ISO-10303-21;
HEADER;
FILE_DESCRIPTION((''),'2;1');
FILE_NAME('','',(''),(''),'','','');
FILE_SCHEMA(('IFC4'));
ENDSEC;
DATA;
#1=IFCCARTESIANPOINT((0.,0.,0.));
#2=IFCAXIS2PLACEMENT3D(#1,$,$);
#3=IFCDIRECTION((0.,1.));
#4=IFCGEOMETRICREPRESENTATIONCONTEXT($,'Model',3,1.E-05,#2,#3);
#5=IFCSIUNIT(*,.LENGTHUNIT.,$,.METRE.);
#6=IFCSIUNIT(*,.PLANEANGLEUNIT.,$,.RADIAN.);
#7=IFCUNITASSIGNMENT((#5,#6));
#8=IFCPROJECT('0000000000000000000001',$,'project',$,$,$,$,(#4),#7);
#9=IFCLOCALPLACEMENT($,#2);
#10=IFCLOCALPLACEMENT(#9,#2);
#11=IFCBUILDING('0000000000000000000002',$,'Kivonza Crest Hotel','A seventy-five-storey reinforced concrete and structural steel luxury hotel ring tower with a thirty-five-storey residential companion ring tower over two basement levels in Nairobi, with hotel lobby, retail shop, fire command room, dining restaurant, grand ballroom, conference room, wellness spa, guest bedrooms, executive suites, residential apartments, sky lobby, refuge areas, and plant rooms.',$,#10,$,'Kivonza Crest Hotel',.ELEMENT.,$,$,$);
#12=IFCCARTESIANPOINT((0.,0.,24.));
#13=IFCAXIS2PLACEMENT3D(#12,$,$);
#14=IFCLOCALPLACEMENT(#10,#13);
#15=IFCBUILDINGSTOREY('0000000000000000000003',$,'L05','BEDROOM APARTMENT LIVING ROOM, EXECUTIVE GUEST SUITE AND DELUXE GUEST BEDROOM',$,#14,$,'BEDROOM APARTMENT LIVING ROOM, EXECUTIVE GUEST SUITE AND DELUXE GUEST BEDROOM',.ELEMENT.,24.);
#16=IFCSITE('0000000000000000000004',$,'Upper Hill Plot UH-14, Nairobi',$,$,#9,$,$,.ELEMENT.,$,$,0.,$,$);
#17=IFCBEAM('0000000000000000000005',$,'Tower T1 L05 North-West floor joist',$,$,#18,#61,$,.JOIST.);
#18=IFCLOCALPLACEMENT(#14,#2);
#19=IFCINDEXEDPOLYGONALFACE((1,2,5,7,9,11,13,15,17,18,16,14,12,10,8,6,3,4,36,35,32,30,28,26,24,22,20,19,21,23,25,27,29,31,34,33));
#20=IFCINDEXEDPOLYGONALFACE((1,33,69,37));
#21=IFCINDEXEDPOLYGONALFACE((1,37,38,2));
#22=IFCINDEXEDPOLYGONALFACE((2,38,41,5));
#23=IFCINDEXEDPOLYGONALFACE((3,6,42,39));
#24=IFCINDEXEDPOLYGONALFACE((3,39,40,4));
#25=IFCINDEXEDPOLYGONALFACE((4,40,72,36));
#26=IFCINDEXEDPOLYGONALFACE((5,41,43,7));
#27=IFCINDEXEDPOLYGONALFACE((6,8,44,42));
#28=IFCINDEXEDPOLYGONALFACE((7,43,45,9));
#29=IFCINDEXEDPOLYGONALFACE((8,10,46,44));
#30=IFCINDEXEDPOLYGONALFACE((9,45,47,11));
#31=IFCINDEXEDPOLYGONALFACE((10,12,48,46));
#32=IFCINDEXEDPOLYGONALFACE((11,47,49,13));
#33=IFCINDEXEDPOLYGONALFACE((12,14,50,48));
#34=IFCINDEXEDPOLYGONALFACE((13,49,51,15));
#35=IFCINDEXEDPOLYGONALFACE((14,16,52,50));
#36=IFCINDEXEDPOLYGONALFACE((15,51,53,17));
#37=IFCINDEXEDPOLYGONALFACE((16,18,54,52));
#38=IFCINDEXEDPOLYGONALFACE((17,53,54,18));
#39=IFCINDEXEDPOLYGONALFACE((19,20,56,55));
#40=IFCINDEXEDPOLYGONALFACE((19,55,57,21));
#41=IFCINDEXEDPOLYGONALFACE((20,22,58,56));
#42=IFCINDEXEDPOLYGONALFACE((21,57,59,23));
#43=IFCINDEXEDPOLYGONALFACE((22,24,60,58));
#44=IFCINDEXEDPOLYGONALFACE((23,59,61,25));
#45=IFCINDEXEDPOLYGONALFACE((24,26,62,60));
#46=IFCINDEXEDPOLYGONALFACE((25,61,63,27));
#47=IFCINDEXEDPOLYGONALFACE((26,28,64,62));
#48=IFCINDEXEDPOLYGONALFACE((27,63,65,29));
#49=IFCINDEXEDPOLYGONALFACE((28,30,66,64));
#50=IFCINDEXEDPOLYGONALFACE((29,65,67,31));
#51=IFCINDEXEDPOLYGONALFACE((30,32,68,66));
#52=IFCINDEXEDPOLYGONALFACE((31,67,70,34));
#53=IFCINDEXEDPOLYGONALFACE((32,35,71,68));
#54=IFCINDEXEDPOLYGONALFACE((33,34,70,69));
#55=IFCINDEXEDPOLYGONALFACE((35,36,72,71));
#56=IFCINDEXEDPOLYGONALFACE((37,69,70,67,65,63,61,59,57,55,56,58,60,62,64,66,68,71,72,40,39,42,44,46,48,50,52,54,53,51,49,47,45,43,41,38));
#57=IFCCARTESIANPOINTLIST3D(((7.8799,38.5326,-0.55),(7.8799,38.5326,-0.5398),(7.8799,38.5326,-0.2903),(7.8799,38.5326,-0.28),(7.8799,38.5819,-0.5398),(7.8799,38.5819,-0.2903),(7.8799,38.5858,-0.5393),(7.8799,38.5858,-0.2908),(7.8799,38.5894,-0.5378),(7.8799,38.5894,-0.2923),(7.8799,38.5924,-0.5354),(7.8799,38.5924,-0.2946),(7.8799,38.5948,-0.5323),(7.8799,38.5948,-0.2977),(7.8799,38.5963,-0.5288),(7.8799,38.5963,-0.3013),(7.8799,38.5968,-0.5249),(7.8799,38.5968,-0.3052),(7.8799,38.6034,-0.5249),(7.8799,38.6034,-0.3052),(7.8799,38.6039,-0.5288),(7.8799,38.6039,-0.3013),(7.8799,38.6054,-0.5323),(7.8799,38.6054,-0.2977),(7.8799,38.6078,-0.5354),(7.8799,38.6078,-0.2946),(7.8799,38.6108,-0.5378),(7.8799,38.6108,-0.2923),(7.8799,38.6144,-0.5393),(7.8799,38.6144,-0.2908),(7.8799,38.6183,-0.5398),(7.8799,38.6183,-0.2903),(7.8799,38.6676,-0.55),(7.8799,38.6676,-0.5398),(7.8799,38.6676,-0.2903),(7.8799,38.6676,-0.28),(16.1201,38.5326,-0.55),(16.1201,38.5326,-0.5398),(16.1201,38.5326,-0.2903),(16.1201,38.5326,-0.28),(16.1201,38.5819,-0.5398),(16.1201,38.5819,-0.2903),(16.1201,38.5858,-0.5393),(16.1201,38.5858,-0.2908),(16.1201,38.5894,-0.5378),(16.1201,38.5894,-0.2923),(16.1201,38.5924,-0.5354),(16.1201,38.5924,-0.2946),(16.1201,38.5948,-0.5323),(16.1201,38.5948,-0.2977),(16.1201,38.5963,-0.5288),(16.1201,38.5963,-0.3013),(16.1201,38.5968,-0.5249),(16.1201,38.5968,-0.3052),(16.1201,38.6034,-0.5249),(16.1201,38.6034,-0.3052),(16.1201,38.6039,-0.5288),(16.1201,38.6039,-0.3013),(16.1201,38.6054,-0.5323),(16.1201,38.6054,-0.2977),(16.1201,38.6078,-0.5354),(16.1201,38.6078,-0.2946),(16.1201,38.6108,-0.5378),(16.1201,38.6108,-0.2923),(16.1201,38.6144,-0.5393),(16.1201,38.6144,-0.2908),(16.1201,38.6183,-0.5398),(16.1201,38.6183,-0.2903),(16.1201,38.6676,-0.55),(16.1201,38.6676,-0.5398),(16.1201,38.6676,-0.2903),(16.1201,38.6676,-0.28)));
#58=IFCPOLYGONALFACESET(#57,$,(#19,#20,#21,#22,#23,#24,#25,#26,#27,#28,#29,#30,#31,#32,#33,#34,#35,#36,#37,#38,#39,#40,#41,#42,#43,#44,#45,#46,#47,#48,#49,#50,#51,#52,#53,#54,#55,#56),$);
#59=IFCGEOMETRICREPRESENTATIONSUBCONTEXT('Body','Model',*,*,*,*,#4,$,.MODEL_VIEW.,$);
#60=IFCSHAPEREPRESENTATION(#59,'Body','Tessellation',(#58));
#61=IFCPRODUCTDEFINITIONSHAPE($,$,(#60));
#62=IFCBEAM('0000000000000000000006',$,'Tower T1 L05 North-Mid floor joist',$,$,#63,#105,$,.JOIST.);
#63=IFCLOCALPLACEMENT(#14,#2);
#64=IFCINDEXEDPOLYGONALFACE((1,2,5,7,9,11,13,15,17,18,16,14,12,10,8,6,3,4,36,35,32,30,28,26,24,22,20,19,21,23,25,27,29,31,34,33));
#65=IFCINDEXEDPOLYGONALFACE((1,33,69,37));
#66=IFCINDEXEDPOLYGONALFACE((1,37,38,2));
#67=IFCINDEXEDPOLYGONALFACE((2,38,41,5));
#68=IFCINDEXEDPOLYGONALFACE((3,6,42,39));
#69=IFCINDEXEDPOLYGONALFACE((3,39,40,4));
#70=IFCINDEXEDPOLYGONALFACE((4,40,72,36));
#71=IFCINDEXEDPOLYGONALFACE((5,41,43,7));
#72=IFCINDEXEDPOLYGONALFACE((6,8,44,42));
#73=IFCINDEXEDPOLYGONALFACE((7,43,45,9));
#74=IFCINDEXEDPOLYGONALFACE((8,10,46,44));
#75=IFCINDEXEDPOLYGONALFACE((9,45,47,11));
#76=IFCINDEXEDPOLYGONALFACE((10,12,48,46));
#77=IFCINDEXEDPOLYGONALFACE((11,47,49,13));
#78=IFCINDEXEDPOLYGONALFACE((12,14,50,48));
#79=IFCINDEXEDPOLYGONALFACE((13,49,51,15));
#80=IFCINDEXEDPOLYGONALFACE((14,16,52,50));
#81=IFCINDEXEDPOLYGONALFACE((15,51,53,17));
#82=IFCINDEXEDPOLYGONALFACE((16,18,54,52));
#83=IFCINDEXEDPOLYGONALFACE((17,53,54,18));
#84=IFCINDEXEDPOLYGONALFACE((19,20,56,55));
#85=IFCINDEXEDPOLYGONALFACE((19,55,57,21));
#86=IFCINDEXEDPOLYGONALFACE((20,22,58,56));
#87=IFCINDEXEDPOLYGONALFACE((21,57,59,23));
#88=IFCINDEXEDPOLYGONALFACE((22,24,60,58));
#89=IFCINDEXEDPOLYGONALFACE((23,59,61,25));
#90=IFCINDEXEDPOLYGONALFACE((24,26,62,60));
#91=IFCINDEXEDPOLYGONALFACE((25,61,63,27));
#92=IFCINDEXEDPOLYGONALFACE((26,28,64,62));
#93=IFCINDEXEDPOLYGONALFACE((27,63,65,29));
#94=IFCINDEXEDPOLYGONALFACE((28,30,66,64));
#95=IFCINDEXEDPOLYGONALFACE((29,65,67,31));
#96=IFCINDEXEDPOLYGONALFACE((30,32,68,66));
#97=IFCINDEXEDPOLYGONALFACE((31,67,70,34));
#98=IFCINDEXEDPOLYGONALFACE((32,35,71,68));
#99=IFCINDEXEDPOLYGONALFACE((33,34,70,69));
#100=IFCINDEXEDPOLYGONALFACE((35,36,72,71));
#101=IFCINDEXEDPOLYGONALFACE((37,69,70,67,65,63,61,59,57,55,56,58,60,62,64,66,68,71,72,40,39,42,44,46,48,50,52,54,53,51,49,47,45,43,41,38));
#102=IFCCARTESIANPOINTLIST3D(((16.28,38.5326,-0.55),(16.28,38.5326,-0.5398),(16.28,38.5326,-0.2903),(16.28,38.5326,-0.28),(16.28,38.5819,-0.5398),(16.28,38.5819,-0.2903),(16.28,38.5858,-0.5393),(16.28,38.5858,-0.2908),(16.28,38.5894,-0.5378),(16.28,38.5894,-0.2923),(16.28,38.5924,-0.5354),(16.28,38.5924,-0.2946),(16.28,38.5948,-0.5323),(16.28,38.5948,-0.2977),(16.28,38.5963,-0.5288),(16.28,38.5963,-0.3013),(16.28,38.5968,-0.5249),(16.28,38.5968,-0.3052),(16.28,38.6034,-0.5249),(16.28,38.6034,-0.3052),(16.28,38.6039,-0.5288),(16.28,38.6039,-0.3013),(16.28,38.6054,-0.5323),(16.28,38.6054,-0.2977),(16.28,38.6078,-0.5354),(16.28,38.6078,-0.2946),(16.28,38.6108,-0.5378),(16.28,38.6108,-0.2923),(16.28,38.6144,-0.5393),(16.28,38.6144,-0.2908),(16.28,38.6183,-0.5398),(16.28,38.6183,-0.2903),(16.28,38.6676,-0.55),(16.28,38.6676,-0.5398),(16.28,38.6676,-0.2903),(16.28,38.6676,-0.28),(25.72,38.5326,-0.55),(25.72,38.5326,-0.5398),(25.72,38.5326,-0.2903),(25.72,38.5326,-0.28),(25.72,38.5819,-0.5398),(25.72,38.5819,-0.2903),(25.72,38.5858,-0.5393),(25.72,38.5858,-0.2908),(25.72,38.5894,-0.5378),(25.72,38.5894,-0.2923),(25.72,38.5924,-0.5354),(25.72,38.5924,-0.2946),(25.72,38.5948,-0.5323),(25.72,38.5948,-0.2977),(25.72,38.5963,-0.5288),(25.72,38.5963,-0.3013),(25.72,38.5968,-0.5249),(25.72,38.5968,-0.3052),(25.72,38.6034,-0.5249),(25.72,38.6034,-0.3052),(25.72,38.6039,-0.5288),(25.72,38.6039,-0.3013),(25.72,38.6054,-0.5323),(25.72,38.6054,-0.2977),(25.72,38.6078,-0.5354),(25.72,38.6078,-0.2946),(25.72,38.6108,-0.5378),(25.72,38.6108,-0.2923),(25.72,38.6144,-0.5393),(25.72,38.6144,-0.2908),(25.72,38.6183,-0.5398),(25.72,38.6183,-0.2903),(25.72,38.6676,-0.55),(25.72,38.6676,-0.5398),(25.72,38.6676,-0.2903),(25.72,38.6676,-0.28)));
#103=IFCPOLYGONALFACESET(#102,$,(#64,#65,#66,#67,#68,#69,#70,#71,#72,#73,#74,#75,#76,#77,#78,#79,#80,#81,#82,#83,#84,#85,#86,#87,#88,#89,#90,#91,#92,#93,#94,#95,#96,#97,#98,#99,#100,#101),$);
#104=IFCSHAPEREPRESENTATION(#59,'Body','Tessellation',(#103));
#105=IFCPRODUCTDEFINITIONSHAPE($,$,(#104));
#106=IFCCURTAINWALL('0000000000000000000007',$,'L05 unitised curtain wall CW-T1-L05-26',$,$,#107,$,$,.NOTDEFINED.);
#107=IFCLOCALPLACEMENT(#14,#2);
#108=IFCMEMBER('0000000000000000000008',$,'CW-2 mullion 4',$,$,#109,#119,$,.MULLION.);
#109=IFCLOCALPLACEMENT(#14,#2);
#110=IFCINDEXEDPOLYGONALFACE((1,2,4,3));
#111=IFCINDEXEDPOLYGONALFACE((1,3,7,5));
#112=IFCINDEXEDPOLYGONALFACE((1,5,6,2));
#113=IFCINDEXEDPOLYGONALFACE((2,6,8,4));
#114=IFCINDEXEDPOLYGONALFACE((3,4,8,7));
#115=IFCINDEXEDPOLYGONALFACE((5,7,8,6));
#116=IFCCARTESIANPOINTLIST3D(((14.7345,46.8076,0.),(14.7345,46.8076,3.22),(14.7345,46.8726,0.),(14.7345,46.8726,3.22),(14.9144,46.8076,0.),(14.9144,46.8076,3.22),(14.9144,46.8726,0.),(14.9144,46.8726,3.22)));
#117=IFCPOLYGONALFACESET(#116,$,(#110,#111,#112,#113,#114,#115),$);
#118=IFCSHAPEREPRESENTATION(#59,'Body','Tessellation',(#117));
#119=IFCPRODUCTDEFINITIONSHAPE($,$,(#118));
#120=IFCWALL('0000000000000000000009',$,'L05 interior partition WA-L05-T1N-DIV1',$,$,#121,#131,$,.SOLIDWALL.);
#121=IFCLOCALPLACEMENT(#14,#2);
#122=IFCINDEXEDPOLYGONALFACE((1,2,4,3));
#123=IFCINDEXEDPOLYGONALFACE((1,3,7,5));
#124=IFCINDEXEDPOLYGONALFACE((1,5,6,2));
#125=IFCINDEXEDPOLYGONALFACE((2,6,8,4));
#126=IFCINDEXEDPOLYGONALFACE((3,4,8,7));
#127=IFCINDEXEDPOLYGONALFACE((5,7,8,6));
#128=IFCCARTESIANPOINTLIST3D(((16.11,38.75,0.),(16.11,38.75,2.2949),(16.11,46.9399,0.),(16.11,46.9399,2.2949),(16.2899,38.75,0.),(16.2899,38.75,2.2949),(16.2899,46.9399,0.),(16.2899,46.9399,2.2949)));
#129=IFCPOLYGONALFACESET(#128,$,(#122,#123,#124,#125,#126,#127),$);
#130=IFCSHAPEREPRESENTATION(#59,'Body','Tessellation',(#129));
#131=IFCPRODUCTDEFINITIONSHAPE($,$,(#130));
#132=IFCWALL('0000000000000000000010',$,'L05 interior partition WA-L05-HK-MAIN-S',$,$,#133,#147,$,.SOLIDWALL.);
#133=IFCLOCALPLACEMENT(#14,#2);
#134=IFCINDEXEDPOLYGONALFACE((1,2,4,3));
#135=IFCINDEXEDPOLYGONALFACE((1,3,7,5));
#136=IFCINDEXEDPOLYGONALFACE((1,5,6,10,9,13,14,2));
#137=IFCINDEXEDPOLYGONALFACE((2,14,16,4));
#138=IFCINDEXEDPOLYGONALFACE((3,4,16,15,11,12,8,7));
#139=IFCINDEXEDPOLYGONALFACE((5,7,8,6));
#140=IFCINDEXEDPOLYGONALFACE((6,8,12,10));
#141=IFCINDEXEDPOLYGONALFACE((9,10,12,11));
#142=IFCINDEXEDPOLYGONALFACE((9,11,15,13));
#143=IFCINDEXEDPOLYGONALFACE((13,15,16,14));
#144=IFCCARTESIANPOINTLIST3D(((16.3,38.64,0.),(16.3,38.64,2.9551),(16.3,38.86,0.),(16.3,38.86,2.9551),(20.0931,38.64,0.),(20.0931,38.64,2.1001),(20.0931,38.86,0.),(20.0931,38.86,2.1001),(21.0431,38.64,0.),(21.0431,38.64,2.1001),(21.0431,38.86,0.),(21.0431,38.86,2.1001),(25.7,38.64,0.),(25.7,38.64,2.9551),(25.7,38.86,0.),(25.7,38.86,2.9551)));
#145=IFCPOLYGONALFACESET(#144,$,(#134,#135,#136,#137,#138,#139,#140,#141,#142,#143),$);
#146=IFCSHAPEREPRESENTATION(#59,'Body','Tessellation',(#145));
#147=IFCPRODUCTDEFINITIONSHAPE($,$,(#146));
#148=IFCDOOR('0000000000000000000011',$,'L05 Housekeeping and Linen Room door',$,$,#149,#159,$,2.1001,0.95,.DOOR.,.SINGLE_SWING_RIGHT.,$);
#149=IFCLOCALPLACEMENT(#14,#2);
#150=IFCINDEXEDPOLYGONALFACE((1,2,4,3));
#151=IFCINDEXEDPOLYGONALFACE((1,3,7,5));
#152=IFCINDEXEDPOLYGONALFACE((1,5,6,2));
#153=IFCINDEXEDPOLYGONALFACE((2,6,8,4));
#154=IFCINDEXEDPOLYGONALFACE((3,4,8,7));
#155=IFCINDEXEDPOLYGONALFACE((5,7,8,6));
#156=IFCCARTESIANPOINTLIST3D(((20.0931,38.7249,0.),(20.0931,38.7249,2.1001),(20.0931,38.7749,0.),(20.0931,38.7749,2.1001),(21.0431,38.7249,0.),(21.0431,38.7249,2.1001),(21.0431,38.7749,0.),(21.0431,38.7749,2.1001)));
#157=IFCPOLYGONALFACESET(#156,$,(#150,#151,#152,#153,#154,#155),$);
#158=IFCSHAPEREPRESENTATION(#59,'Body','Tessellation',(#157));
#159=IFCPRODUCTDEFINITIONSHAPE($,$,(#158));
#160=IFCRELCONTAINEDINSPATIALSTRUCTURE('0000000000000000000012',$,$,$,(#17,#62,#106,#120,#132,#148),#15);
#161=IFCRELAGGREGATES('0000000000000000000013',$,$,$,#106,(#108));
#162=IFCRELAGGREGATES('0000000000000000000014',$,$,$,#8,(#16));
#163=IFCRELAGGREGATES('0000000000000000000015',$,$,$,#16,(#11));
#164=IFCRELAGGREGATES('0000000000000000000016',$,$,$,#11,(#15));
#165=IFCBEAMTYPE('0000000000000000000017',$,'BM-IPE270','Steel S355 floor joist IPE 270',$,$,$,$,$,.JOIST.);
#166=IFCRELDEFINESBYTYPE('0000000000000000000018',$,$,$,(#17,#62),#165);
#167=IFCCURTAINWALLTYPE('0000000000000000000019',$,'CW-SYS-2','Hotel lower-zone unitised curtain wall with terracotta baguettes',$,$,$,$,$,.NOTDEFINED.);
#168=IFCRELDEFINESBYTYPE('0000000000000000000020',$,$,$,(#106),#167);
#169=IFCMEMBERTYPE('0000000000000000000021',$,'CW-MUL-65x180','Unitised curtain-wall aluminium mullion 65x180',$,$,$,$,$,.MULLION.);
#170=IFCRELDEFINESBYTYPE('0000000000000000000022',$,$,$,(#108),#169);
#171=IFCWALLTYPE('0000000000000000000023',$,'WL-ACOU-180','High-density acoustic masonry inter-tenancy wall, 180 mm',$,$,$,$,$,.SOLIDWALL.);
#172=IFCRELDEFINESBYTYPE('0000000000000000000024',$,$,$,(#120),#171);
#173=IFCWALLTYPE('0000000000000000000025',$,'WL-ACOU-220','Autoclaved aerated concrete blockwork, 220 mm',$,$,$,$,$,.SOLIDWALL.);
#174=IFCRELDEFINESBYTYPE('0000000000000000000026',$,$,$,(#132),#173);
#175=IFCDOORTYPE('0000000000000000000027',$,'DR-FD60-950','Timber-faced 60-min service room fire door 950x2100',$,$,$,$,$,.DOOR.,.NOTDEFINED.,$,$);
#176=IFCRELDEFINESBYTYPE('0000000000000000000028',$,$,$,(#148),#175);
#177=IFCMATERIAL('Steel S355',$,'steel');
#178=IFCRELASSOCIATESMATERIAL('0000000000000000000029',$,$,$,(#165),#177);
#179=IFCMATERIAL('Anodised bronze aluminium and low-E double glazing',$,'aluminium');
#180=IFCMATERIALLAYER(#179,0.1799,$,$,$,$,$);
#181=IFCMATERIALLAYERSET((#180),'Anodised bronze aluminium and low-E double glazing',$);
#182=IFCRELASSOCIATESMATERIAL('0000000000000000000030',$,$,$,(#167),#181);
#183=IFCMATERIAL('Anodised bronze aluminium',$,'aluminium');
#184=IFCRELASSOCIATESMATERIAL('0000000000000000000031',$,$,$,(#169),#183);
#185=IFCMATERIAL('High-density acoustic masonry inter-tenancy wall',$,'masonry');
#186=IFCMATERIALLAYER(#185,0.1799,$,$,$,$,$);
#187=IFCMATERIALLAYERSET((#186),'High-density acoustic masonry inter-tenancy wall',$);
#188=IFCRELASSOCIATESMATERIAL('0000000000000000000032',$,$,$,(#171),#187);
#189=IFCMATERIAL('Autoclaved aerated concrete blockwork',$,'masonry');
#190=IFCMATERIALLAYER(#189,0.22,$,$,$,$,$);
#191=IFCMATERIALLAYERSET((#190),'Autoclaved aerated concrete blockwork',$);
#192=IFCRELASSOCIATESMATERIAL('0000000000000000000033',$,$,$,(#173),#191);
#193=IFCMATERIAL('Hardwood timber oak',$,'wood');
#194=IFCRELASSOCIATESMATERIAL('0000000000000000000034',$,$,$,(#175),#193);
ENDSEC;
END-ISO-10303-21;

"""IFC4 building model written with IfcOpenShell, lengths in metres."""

from ifc_helpers import new_model, si_unit, direction, frame, frame_2d, origin, origin_2d, place, context, subcontext, project, spatial, rectangle, i_section, extrude, material, layer, layer_set, material_profile, profile_set, type_object, element, fill, aggregate, save


model = new_model("IFC4")

# Units and contexts
model_context = context("Model", 3, precision=1e-05, world=origin(), true_north=direction((0.0, 1.0)))
body_context = subcontext(model_context, "Body", "Model", "MODEL_VIEW")
ifc_project = project(units=[si_unit("LENGTHUNIT", "METRE"), si_unit("PLANEANGLEUNIT", "RADIAN")], contexts=[model_context])

# Site, building, storey
site_placement = place(None, origin())
site = spatial("IfcSite", under=ifc_project, at=site_placement, Name="Upper Hill Plot UH-14, Nairobi", CompositionType="ELEMENT", RefElevation=0.0)
building_placement = place(site_placement, origin())
building = spatial("IfcBuilding", under=site, at=building_placement, Name="Kivonza Crest Hotel", Description="A seventy-five-storey reinforced concrete and structural steel luxury hotel ring tower with a thirty-five-storey residential companion ring tower over two basement levels in Nairobi, with hotel lobby, retail shop, fire command room, dining restaurant, grand ballroom, conference room, wellness spa, guest bedrooms, executive suites, residential apartments, sky lobby, refuge areas, and plant rooms.", LongName="Kivonza Crest Hotel", CompositionType="ELEMENT")
storey_placement = place(building_placement, frame((0.0, 0.0, 24.0)))
storey = spatial("IfcBuildingStorey", under=building, at=storey_placement, Name="L05", Description="BEDROOM APARTMENT LIVING ROOM, EXECUTIVE GUEST SUITE AND DELUXE GUEST BEDROOM", LongName="BEDROOM APARTMENT LIVING ROOM, EXECUTIVE GUEST SUITE AND DELUXE GUEST BEDROOM", CompositionType="ELEMENT", Elevation=24.0)

# Beams
ifc_material_1 = material(Name="Steel S355", Category="steel")
ifc_material_profile_1 = material_profile(ifc_material_1, i_section(OverallWidth=0.135, OverallDepth=0.27, WebThickness=0.0066, FlangeThickness=0.0103, FilletRadius=0.0149, at=origin_2d()), Name="IPE 270")
ifc_profile_set_1 = profile_set([ifc_material_profile_1], Name="Steel S355")
beam_type_1 = type_object("IfcBeamType", Name="BM-IPE270", Description="Steel S355 floor joist IPE 270", PredefinedType="JOIST", material=ifc_profile_set_1)
beam_1_placement = place(storey_placement, frame((7.8799, 38.6001, -0.415), z_axis=(1.0, 0.0, 0.0), x_axis=(0.0, 1.0, 0.0)))
element("IfcBeam", 1, at=beam_1_placement, inside=storey, type_object=beam_type_1, Name="Tower T1 L05 North-West floor joist", PredefinedType="JOIST", context=body_context, shape_type="SweptSolid", body=[
    extrude(i_section(OverallWidth=0.135, OverallDepth=0.27, WebThickness=0.0066, FlangeThickness=0.0103, FilletRadius=0.0149, at=origin_2d()), origin(), (0.0, 0.0, 1.0), 8.2402),
])
beam_2_placement = place(storey_placement, frame((16.28, 38.6001, -0.415), z_axis=(1.0, 0.0, 0.0), x_axis=(0.0, 1.0, 0.0)))
element("IfcBeam", 2, at=beam_2_placement, inside=storey, type_object=beam_type_1, Name="Tower T1 L05 North-Mid floor joist", PredefinedType="JOIST", context=body_context, shape_type="SweptSolid", body=[
    extrude(i_section(OverallWidth=0.135, OverallDepth=0.27, WebThickness=0.0066, FlangeThickness=0.0103, FilletRadius=0.0149, at=origin_2d()), origin(), (0.0, 0.0, 1.0), 9.4399),
])

# Curtain wall, member
ifc_material_2 = material(Name="Anodised bronze aluminium and low-E double glazing", Category="aluminium")
ifc_layer_1 = layer(ifc_material_2, 0.1799)
ifc_layer_set_1 = layer_set([ifc_layer_1], Name="Anodised bronze aluminium and low-E double glazing")
curtain_wall_type = type_object("IfcCurtainWallType", Name="CW-SYS-2", Description="Hotel lower-zone unitised curtain wall with terracotta baguettes", PredefinedType="NOTDEFINED", material=ifc_layer_set_1)
curtain_wall_placement = place(storey_placement, origin())
curtain_wall = element("IfcCurtainWall", 3, at=curtain_wall_placement, inside=storey, type_object=curtain_wall_type, Name="L05 unitised curtain wall CW-T1-L05-26", PredefinedType="NOTDEFINED")
ifc_material_3 = material(Name="Anodised bronze aluminium", Category="aluminium")
ifc_material_profile_2 = material_profile(ifc_material_3, rectangle(XDim=0.0649, YDim=0.1799, at=origin_2d()), Name="CW-M 65x180")
ifc_profile_set_2 = profile_set([ifc_material_profile_2], Name="Anodised bronze aluminium")
member_type = type_object("IfcMemberType", Name="CW-MUL-65x180", Description="Unitised curtain-wall aluminium mullion 65x180", PredefinedType="MULLION", material=ifc_profile_set_2)
member_placement = place(storey_placement, frame((14.8245, 46.8401, 0.0), z_axis=(0.0, 0.0, 1.0), x_axis=(0.0, -1.0, 0.0)))
member = element("IfcMember", 4, at=member_placement, type_object=member_type, Name="CW-2 mullion 4", PredefinedType="MULLION", context=body_context, shape_type="SweptSolid", body=[
    extrude(rectangle(XDim=0.0649, YDim=0.1799, at=origin_2d()), origin(), (0.0, 0.0, 1.0), 3.22),
])
aggregate(curtain_wall, [member])

# Wall
ifc_material_4 = material(Name="High-density acoustic masonry inter-tenancy wall", Category="masonry")
ifc_layer_2 = layer(ifc_material_4, 0.1799)
ifc_layer_set_2 = layer_set([ifc_layer_2], Name="High-density acoustic masonry inter-tenancy wall")
wall_type_1 = type_object("IfcWallType", Name="WL-ACOU-180", Description="High-density acoustic masonry inter-tenancy wall, 180 mm", PredefinedType="SOLIDWALL", material=ifc_layer_set_2)
wall_1_placement = place(storey_placement, frame((16.2, 38.75, 0.0), z_axis=(0.0, 0.0, 1.0), x_axis=(0.0, 1.0, 0.0)))
element("IfcWall", 5, at=wall_1_placement, inside=storey, type_object=wall_type_1, Name="L05 interior partition WA-L05-T1N-DIV1", PredefinedType="SOLIDWALL", context=body_context, shape_type="SweptSolid", body=[
    extrude(rectangle(XDim=8.1899, YDim=0.1799, at=frame_2d((4.095, 0.0))), origin(), (0.0, 0.0, 1.0), 2.2949),
])

# Wall, opening, door
ifc_material_5 = material(Name="Autoclaved aerated concrete blockwork", Category="masonry")
ifc_layer_3 = layer(ifc_material_5, 0.22)
ifc_layer_set_3 = layer_set([ifc_layer_3], Name="Autoclaved aerated concrete blockwork")
wall_type_2 = type_object("IfcWallType", Name="WL-ACOU-220", Description="Autoclaved aerated concrete blockwork, 220 mm", PredefinedType="SOLIDWALL", material=ifc_layer_set_3)
wall_2_placement = place(storey_placement, frame((16.3, 38.75, 0.0), z_axis=(0.0, 0.0, 1.0), x_axis=(1.0, 0.0, 0.0)))
wall_2 = element("IfcWall", 6, at=wall_2_placement, inside=storey, type_object=wall_type_2, Name="L05 interior partition WA-L05-HK-MAIN-S", PredefinedType="SOLIDWALL", context=body_context, shape_type="SweptSolid", body=[
    extrude(rectangle(XDim=9.3999, YDim=0.22, at=frame_2d((4.7, 0.0))), origin(), (0.0, 0.0, 1.0), 2.9551),
])
opening_1_placement = place(wall_2_placement, frame((3.793, 0.0, 0.0)))
opening_1 = element("IfcOpeningElement", 7, at=opening_1_placement, cuts=wall_2, PredefinedType="OPENING", context=body_context, shape_type="SweptSolid", body=[
    extrude(rectangle(XDim=0.95, YDim=2.1001, at=frame_2d((0.4751, 1.05))), frame((0.0, 0.1201, 0.0), z_axis=(0.0, -1.0, 0.0), x_axis=(1.0, 0.0, 0.0)), (0.0, 0.0, 1.0), 0.24),
])
ifc_material_6 = material(Name="Hardwood timber oak", Category="wood")
door_type = type_object("IfcDoorType", Name="DR-FD60-950", Description="Timber-faced 60-min service room fire door 950x2100", OperationType="NOTDEFINED", PredefinedType="DOOR", material=ifc_material_6)
door_placement = place(opening_1_placement, origin())
door = element("IfcDoor", 8, at=door_placement, inside=storey, type_object=door_type, Name="L05 Housekeeping and Linen Room door", OperationType="SINGLE_SWING_RIGHT", OverallHeight=2.1001, OverallWidth=0.95, PredefinedType="DOOR", context=body_context, shape_type="SweptSolid", body=[
    extrude(rectangle(XDim=0.95, YDim=2.1001, at=frame_2d((0.4751, 1.05))), frame((0.0, 0.0249, 0.0), z_axis=(0.0, -1.0, 0.0), x_axis=(1.0, 0.0, 0.0)), (0.0, 0.0, 1.0), 0.05),
])
fill(opening_1, door)

save(model, "model.ifc")
